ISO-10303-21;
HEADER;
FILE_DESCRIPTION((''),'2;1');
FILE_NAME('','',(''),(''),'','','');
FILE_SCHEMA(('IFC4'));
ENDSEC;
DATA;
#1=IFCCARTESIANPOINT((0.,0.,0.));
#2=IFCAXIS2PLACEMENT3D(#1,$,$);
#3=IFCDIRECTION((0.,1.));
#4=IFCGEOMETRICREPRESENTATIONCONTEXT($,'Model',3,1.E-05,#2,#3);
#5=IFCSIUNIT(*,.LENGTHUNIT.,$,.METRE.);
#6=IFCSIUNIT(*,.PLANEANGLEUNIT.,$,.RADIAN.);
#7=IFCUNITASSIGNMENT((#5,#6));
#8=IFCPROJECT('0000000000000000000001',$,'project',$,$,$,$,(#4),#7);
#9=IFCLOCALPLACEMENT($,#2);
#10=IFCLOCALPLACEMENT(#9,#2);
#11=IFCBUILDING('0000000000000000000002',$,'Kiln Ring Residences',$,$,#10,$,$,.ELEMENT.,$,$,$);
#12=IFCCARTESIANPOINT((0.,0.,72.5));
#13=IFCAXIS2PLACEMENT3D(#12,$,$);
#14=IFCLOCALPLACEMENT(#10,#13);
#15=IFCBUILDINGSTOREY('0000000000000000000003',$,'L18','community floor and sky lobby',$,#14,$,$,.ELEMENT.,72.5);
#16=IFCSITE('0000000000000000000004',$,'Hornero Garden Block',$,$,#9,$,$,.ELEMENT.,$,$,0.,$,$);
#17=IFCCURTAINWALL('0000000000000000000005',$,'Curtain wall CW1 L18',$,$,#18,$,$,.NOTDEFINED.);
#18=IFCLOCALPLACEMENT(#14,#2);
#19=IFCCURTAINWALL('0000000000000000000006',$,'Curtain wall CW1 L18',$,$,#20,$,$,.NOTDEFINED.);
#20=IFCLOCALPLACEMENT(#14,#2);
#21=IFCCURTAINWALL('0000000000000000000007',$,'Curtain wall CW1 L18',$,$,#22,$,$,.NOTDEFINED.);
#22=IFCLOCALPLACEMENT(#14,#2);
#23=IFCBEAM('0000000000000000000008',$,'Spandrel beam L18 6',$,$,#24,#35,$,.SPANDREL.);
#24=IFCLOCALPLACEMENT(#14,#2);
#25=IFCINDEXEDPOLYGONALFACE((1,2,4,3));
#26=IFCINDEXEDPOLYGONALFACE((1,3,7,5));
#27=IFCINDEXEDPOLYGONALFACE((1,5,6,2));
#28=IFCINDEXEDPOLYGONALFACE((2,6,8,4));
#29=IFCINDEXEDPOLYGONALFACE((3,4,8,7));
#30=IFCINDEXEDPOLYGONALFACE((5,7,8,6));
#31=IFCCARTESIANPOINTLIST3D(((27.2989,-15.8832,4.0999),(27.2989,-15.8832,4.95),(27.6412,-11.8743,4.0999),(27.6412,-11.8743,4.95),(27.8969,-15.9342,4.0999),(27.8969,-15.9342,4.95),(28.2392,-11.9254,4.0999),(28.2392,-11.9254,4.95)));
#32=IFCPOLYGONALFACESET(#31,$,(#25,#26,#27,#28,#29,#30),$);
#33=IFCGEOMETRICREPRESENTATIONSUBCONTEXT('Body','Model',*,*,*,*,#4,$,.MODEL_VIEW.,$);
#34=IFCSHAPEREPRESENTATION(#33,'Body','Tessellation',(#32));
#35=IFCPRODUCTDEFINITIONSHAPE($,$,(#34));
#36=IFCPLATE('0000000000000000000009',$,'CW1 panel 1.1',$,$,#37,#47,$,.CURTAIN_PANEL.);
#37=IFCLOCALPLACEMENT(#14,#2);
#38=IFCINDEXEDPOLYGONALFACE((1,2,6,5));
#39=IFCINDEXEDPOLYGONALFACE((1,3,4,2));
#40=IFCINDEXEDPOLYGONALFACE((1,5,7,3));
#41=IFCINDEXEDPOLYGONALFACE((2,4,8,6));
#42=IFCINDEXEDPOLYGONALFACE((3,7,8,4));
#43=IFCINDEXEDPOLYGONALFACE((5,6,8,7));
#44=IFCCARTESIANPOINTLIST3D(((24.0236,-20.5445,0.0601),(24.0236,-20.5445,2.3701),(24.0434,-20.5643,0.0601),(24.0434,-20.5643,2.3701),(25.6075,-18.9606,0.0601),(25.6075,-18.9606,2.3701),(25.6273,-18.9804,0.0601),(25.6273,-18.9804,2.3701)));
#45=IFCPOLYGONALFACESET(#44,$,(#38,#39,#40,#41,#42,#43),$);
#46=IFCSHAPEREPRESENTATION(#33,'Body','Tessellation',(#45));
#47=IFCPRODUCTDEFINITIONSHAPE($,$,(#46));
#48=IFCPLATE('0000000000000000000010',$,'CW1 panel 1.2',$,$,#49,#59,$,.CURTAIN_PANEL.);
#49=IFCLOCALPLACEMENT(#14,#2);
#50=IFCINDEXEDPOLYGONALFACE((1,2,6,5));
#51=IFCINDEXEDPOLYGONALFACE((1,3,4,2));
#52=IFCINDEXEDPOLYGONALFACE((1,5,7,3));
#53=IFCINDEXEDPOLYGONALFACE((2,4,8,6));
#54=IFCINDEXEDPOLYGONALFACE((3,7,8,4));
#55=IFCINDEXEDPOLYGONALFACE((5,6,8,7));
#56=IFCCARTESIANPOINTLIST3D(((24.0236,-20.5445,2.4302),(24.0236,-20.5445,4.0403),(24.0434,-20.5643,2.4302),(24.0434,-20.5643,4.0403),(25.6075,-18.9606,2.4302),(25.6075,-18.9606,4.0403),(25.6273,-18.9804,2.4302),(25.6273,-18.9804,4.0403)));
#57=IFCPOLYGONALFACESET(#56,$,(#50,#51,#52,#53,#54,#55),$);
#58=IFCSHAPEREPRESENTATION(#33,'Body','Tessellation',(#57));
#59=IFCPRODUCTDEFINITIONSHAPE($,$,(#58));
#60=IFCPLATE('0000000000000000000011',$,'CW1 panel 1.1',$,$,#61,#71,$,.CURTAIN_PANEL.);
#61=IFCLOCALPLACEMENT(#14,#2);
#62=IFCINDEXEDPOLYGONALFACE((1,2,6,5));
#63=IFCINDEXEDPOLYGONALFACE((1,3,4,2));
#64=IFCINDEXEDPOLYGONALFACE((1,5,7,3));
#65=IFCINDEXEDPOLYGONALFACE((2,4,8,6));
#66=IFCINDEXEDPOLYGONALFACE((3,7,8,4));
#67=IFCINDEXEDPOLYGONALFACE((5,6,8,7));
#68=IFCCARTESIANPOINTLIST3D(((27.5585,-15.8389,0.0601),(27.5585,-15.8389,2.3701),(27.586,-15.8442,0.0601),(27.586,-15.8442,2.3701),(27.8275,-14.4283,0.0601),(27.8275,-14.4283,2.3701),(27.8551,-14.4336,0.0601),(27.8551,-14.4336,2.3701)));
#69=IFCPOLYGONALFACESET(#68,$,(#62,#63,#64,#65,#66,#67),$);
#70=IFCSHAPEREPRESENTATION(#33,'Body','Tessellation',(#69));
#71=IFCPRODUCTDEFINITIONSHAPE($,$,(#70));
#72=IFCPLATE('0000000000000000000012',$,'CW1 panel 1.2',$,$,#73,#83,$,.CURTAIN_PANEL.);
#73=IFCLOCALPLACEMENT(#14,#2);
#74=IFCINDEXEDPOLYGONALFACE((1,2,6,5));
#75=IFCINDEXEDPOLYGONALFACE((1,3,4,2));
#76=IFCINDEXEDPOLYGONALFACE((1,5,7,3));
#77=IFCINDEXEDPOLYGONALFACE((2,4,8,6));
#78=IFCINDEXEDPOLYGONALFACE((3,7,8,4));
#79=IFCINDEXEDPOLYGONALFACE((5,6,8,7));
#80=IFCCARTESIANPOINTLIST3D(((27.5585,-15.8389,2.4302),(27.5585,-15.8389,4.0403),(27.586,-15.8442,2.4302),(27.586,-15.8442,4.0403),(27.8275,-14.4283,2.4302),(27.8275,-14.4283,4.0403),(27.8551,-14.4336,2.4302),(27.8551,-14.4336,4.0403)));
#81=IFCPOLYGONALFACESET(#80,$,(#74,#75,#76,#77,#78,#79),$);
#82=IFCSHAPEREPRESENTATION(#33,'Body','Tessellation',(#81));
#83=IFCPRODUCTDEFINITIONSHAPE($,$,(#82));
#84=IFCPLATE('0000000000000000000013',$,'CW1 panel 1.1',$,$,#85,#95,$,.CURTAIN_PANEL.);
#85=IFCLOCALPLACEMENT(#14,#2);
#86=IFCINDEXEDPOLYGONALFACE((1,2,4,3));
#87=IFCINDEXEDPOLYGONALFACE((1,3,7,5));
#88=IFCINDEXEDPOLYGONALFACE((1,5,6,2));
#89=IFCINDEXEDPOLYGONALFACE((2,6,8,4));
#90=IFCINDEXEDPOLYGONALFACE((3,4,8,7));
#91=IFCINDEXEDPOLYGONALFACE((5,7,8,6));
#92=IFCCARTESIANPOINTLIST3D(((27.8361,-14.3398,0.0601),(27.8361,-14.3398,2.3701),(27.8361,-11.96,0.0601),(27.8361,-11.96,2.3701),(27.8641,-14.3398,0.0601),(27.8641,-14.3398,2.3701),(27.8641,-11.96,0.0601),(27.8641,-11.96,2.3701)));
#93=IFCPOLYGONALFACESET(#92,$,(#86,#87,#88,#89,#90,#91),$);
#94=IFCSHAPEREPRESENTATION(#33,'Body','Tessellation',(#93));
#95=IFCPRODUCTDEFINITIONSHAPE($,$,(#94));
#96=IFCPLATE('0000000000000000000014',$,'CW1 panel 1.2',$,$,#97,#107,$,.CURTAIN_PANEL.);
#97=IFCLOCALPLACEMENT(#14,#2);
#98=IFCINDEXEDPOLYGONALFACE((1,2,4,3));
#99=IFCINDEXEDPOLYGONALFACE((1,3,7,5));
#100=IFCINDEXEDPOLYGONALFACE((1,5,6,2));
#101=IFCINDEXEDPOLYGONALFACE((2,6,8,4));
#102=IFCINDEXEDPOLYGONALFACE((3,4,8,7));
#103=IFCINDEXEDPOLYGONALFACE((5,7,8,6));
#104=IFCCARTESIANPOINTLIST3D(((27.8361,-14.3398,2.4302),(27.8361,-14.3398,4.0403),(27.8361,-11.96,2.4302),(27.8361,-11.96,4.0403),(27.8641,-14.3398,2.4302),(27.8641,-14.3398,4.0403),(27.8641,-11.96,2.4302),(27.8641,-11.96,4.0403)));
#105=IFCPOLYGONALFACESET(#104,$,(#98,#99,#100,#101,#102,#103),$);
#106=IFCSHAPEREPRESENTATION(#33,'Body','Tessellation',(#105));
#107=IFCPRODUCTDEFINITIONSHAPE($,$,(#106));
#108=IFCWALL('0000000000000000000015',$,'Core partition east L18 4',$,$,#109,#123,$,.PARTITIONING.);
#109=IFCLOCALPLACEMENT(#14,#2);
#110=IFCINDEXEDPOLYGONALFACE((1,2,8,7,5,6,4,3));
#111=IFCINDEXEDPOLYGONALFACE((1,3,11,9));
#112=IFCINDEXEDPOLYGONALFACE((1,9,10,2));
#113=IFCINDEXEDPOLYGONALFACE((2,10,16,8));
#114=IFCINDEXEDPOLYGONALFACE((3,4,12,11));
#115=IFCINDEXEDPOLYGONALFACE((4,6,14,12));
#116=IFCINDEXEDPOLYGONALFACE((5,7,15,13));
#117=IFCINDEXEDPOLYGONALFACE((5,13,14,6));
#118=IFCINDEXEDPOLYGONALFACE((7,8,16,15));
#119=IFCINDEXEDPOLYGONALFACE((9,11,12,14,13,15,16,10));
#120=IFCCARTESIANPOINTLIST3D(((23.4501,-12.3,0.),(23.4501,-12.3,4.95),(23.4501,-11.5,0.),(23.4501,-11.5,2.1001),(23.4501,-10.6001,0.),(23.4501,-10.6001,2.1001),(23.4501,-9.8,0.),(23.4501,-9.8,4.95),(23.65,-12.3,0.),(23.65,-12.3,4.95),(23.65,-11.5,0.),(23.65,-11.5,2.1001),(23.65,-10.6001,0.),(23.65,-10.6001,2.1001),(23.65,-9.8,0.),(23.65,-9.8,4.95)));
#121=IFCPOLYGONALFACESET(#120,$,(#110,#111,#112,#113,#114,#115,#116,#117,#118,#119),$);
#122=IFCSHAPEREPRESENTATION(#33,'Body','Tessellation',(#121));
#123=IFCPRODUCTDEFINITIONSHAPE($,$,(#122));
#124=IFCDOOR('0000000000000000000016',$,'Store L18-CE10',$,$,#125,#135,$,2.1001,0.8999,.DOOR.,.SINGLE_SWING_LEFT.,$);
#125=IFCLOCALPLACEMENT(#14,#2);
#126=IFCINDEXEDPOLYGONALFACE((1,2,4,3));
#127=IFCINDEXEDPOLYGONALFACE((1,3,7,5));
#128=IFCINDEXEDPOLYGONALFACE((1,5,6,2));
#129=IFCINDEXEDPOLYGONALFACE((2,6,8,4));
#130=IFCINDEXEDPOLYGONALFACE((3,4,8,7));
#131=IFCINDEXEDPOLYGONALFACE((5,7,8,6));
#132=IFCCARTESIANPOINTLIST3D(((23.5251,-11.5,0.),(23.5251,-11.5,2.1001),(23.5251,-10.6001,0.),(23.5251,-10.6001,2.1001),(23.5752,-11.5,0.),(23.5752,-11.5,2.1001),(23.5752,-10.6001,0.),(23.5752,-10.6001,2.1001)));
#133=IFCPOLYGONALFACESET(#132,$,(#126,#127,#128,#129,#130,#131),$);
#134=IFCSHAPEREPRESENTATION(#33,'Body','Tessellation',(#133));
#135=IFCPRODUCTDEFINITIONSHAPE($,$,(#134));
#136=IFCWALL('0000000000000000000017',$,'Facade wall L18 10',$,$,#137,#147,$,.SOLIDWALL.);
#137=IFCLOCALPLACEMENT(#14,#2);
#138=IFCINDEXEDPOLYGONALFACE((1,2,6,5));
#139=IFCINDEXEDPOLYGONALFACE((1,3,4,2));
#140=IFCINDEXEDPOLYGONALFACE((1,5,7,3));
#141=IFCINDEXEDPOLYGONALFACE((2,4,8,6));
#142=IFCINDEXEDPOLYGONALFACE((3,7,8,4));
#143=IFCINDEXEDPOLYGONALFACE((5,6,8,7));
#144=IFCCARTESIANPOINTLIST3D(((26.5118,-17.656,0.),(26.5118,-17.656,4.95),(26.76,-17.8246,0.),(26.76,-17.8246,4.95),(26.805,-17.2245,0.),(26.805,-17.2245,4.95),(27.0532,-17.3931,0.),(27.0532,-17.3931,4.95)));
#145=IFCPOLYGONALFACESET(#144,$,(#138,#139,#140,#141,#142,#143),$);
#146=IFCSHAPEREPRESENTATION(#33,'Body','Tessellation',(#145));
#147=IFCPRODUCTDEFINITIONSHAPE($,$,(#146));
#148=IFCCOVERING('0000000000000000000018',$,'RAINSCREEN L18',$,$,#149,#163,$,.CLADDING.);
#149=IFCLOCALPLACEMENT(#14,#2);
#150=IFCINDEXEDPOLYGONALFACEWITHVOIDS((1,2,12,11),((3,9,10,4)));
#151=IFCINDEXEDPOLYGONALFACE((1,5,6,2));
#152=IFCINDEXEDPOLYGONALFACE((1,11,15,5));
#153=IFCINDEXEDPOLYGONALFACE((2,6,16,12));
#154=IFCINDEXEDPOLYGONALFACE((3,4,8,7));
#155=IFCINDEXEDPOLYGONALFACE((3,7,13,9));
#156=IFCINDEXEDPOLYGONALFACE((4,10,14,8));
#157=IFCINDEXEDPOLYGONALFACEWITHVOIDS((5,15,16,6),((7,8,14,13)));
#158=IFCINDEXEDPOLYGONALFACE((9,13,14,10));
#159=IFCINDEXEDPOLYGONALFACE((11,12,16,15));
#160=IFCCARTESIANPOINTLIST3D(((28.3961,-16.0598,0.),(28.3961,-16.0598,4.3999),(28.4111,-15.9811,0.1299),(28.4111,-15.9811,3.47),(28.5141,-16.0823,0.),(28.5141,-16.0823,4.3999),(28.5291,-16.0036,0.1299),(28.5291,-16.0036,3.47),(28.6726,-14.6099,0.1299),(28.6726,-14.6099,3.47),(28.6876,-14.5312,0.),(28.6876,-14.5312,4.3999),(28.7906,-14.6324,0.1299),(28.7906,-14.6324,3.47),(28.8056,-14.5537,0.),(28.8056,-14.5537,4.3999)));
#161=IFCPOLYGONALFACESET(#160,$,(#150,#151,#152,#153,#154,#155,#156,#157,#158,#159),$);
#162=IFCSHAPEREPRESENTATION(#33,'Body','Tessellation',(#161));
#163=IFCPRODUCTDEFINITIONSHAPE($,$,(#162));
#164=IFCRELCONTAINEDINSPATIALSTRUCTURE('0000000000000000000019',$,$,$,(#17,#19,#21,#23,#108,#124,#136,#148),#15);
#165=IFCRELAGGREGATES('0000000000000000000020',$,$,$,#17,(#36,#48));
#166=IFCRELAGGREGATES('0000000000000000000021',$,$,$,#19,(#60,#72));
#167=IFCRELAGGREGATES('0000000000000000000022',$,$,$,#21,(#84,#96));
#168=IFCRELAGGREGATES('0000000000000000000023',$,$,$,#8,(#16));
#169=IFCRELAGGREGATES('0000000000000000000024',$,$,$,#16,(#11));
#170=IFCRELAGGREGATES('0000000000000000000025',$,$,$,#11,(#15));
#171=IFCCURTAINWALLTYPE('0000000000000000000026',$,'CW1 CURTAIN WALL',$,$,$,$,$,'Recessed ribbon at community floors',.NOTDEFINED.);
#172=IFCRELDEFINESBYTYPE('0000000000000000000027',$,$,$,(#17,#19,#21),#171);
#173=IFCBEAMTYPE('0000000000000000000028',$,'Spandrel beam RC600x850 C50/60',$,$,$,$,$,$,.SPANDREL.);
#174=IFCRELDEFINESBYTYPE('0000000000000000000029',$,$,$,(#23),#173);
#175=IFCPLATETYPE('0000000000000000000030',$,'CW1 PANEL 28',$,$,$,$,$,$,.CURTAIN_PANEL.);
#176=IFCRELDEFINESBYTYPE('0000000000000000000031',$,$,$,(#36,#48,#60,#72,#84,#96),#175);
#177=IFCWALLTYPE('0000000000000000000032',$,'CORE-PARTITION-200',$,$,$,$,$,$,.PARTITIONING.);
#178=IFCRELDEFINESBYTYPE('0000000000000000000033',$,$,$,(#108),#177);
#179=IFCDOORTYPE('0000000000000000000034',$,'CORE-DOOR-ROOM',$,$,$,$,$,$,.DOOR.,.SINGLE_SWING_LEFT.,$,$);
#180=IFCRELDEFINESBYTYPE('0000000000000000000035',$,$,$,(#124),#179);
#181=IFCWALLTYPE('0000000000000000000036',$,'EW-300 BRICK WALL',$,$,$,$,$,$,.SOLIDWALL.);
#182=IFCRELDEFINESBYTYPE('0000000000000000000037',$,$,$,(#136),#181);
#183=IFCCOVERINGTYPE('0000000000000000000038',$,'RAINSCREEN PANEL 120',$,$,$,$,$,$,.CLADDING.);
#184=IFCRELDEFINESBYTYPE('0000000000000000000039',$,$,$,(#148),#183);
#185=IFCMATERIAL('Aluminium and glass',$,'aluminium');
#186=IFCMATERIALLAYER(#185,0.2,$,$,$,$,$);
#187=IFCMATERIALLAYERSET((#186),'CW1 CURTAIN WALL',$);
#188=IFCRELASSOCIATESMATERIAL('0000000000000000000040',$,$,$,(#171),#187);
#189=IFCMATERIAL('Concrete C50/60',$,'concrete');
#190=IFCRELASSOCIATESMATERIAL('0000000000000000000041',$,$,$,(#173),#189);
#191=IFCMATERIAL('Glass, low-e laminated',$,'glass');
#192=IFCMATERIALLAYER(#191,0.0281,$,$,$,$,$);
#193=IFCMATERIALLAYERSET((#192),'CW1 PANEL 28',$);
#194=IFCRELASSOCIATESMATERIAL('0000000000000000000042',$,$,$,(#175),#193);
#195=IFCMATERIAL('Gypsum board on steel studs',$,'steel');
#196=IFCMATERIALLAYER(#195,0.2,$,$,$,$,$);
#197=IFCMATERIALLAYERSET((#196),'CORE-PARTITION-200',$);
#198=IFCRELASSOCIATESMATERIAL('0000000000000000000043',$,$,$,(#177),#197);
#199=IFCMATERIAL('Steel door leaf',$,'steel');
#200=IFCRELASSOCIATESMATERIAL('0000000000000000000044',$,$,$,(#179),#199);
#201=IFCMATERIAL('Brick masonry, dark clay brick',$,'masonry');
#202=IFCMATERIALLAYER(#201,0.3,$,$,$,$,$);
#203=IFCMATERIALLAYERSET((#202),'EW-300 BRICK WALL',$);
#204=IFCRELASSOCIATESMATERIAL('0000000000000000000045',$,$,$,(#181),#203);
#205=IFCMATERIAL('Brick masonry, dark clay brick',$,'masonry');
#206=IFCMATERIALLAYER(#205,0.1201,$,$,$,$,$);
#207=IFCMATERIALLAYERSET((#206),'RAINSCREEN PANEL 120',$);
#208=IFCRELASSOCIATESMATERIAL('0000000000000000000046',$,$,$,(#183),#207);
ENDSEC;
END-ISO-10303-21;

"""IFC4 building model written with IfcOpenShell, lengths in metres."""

from ifc_helpers import new_model, si_unit, direction, frame, frame_2d, origin, origin_2d, place, context, subcontext, project, spatial, polyline, rectangle, outline, extrude, material, layer, layer_set, material_profile, profile_set, type_object, element, fill, aggregate, save


model = new_model("IFC4")

# Units and contexts
model_context = context("Model", 3, precision=1e-05, world=origin(), true_north=direction((0.0, 1.0)))
body_context = subcontext(model_context, "Body", "Model", "MODEL_VIEW")
ifc_project = project(units=[si_unit("LENGTHUNIT", "METRE"), si_unit("PLANEANGLEUNIT", "RADIAN")], contexts=[model_context])

# Site, building, storey
site_placement = place(None, origin())
site = spatial("IfcSite", under=ifc_project, at=site_placement, Name="Hornero Garden Block", CompositionType="ELEMENT", RefElevation=0.0)
building_placement = place(site_placement, origin())
building = spatial("IfcBuilding", under=site, at=building_placement, Name="Kiln Ring Residences", CompositionType="ELEMENT")
storey_placement = place(building_placement, frame((0.0, 0.0, 72.5)))
storey = spatial("IfcBuildingStorey", under=building, at=storey_placement, Name="L18", Description="community floor and sky lobby", CompositionType="ELEMENT", Elevation=72.5)

# Curtain wall
ifc_material_1 = material(Name="Aluminium and glass", Category="aluminium")
ifc_layer_1 = layer(ifc_material_1, 0.2)
ifc_layer_set_1 = layer_set([ifc_layer_1], Name="CW1 CURTAIN WALL")
curtain_wall_type = type_object("IfcCurtainWallType", Name="CW1 CURTAIN WALL", ElementType="Recessed ribbon at community floors", PredefinedType="NOTDEFINED", material=ifc_layer_set_1)
placement = place(storey_placement, origin())
curtain_wall_1 = element("IfcCurtainWall", 1, at=placement, inside=storey, type_object=curtain_wall_type, Name="Curtain wall CW1 L18", PredefinedType="NOTDEFINED")

# Curtain wall
curtain_wall_2 = element("IfcCurtainWall", 2, at=placement, inside=storey, type_object=curtain_wall_type, Name="Curtain wall CW1 L18", PredefinedType="NOTDEFINED")

# Curtain wall
curtain_wall_3 = element("IfcCurtainWall", 3, at=placement, inside=storey, type_object=curtain_wall_type, Name="Curtain wall CW1 L18", PredefinedType="NOTDEFINED")

# Beam
ifc_material_2 = material(Name="Concrete C50/60", Category="concrete")
ifc_material_profile_1 = material_profile(ifc_material_2, rectangle(XDim=0.6001, YDim=0.8501, at=origin_2d()), Name="RC600x850")
ifc_profile_set_1 = profile_set([ifc_material_profile_1], Name="Concrete C50/60")
beam_type = type_object("IfcBeamType", Name="Spandrel beam RC600x850 C50/60", PredefinedType="SPANDREL", material=ifc_profile_set_1)
beam_placement = place(storey_placement, frame((27.5979, -15.9087, 4.5249), z_axis=(0.085074, 0.996375, 0.0), x_axis=(-0.996375, 0.085074, 0.0)))
element("IfcBeam", 4, at=beam_placement, inside=storey, type_object=beam_type, Name="Spandrel beam L18 6", PredefinedType="SPANDREL", context=body_context, shape_type="SweptSolid", body=[
    extrude(rectangle(XDim=0.6001, YDim=0.8501, at=origin_2d()), origin(), (0.0, 0.0, 1.0), 4.0234),
])

# Plates
ifc_material_3 = material(Name="Glass, low-e laminated", Category="glass")
ifc_layer_2 = layer(ifc_material_3, 0.0281)
ifc_layer_set_2 = layer_set([ifc_layer_2], Name="CW1 PANEL 28")
plate_type = type_object("IfcPlateType", Name="CW1 PANEL 28", PredefinedType="CURTAIN_PANEL", material=ifc_layer_set_2)
plate_1_placement = place(storey_placement, frame((24.8254, -19.7625, 0.0601), z_axis=(0.0, 0.0, 1.0), x_axis=(0.707107, 0.707107, 0.0)))
plate_1 = element("IfcPlate", 5, at=plate_1_placement, type_object=plate_type, Name="CW1 panel 1.1", PredefinedType="CURTAIN_PANEL", context=body_context, shape_type="SweptSolid", body=[
    extrude(rectangle(XDim=2.24, YDim=0.0281, at=origin_2d()), origin(), (0.0, 0.0, 1.0), 2.3101),
])
plate_2_placement = place(storey_placement, frame((24.8254, -19.7625, 2.4302), z_axis=(0.0, 0.0, 1.0), x_axis=(0.707107, 0.707107, 0.0)))
plate_2 = element("IfcPlate", 6, at=plate_2_placement, type_object=plate_type, Name="CW1 panel 1.2", PredefinedType="CURTAIN_PANEL", context=body_context, shape_type="SweptSolid", body=[
    extrude(rectangle(XDim=2.24, YDim=0.0281, at=origin_2d()), origin(), (0.0, 0.0, 1.0), 1.6101),
])
aggregate(curtain_wall_1, [plate_1, plate_2])
plate_3_placement = place(storey_placement, frame((27.7068, -15.1362, 0.0601), z_axis=(0.0, 0.0, 1.0), x_axis=(0.187366, 0.98229, 0.0)))
plate_3 = element("IfcPlate", 7, at=plate_3_placement, type_object=plate_type, Name="CW1 panel 1.1", PredefinedType="CURTAIN_PANEL", context=body_context, shape_type="SweptSolid", body=[
    extrude(rectangle(XDim=1.436, YDim=0.0281, at=origin_2d()), origin(), (0.0, 0.0, 1.0), 2.3101),
])
plate_4_placement = place(storey_placement, frame((27.7068, -15.1362, 2.4302), z_axis=(0.0, 0.0, 1.0), x_axis=(0.187366, 0.98229, 0.0)))
plate_4 = element("IfcPlate", 8, at=plate_4_placement, type_object=plate_type, Name="CW1 panel 1.2", PredefinedType="CURTAIN_PANEL", context=body_context, shape_type="SweptSolid", body=[
    extrude(rectangle(XDim=1.436, YDim=0.0281, at=origin_2d()), origin(), (0.0, 0.0, 1.0), 1.6101),
])
aggregate(curtain_wall_2, [plate_3, plate_4])
plate_5_placement = place(storey_placement, frame((27.8501, -13.1499, 0.0601), z_axis=(0.0, 0.0, 1.0), x_axis=(0.0, 1.0, 0.0)))
plate_5 = element("IfcPlate", 9, at=plate_5_placement, type_object=plate_type, Name="CW1 panel 1.1", PredefinedType="CURTAIN_PANEL", context=body_context, shape_type="SweptSolid", body=[
    extrude(rectangle(XDim=2.3799, YDim=0.0281, at=origin_2d()), origin(), (0.0, 0.0, 1.0), 2.3101),
])
plate_6_placement = place(storey_placement, frame((27.8501, -13.1499, 2.4302), z_axis=(0.0, 0.0, 1.0), x_axis=(0.0, 1.0, 0.0)))
plate_6 = element("IfcPlate", 10, at=plate_6_placement, type_object=plate_type, Name="CW1 panel 1.2", PredefinedType="CURTAIN_PANEL", context=body_context, shape_type="SweptSolid", body=[
    extrude(rectangle(XDim=2.3799, YDim=0.0281, at=origin_2d()), origin(), (0.0, 0.0, 1.0), 1.6101),
])
aggregate(curtain_wall_3, [plate_5, plate_6])

# Wall, opening, door
ifc_material_4 = material(Name="Gypsum board on steel studs", Category="steel")
ifc_layer_3 = layer(ifc_material_4, 0.2)
ifc_layer_set_3 = layer_set([ifc_layer_3], Name="CORE-PARTITION-200")
wall_type_1 = type_object("IfcWallType", Name="CORE-PARTITION-200", PredefinedType="PARTITIONING", material=ifc_layer_set_3)
wall_1_placement = place(storey_placement, frame((23.55, -12.3, 0.0), z_axis=(0.0, 0.0, 1.0), x_axis=(0.0, 1.0, 0.0)))
wall_1 = element("IfcWall", 11, at=wall_1_placement, inside=storey, type_object=wall_type_1, Name="Core partition east L18 4", PredefinedType="PARTITIONING", context=body_context, shape_type="SweptSolid", body=[
    extrude(rectangle(XDim=2.5, YDim=0.2, at=frame_2d((1.25, 0.0))), origin(), (0.0, 0.0, 1.0), 4.95),
])
opening_placement = place(wall_1_placement, frame((0.8, 0.0, 0.0)))
opening = element("IfcOpeningElement", 12, at=opening_placement, cuts=wall_1, PredefinedType="OPENING", context=body_context, shape_type="SweptSolid", body=[
    extrude(rectangle(XDim=0.8999, YDim=2.1001, at=frame_2d((0.45, 1.05))), frame((0.0, 0.1099, 0.0), z_axis=(0.0, -1.0, 0.0), x_axis=(1.0, 0.0, 0.0)), (0.0, 0.0, 1.0), 0.22),
])
ifc_material_5 = material(Name="Steel door leaf", Category="steel")
door_type = type_object("IfcDoorType", Name="CORE-DOOR-ROOM", OperationType="SINGLE_SWING_LEFT", PredefinedType="DOOR", material=ifc_material_5)
door_placement = place(opening_placement, origin())
door = element("IfcDoor", 13, at=door_placement, inside=storey, type_object=door_type, Name="Store L18-CE10", OperationType="SINGLE_SWING_LEFT", OverallHeight=2.1001, OverallWidth=0.8999, PredefinedType="DOOR", context=body_context, shape_type="SweptSolid", body=[
    extrude(rectangle(XDim=0.8999, YDim=2.1001, at=frame_2d((0.45, 1.05))), frame((0.0, 0.0249, 0.0), z_axis=(0.0, -1.0, 0.0), x_axis=(1.0, 0.0, 0.0)), (0.0, 0.0, 1.0), 0.05),
])
fill(opening, door)

# Wall
ifc_material_6 = material(Name="Brick masonry, dark clay brick", Category="masonry")
ifc_layer_4 = layer(ifc_material_6, 0.3)
ifc_layer_set_4 = layer_set([ifc_layer_4], Name="EW-300 BRICK WALL")
wall_type_2 = type_object("IfcWallType", Name="EW-300 BRICK WALL", PredefinedType="SOLIDWALL", material=ifc_layer_set_4)
wall_2_placement = place(storey_placement, frame((26.636, -17.7402, 0.0), z_axis=(0.0, 0.0, 1.0), x_axis=(0.561913, 0.827196, 0.0)))
element("IfcWall", 14, at=wall_2_placement, inside=storey, type_object=wall_type_2, Name="Facade wall L18 10", PredefinedType="SOLIDWALL", context=body_context, shape_type="SweptSolid", body=[
    extrude(rectangle(XDim=0.5217, YDim=0.3, at=frame_2d((0.2607, 0.0))), origin(), (0.0, 0.0, 1.0), 4.95),
])

# Covering
ifc_material_7 = material(Name="Brick masonry, dark clay brick", Category="masonry")
ifc_layer_5 = layer(ifc_material_7, 0.1201)
ifc_layer_set_5 = layer_set([ifc_layer_5], Name="RAINSCREEN PANEL 120")
covering_type = type_object("IfcCoveringType", Name="RAINSCREEN PANEL 120", PredefinedType="CLADDING", material=ifc_layer_set_5)
covering_1_placement = place(storey_placement, frame((28.4551, -16.071, 0.0), z_axis=(0.0, 0.0, 1.0), x_axis=(0.187328, 0.982297, 0.0)))
element("IfcCovering", 15, at=covering_1_placement, inside=storey, type_object=covering_type, Name="RAINSCREEN L18", PredefinedType="CLADDING", context=body_context, shape_type="SweptSolid", body=[
    extrude(outline(polyline([(0.0, 0.0), (1.5562, 0.0), (1.5562, 4.3999), (0.0, 4.3999), (0.0, 0.0)]), holes=[polyline([(0.0801, 3.47), (0.0801, 0.1299), (1.4761, 0.1299), (1.4761, 3.47), (0.0801, 3.47)])]), frame((0.0, 0.0601, 0.0), z_axis=(0.0, -1.0, 0.0), x_axis=(1.0, 0.0, 0.0)), (0.0, 0.0, 1.0), 0.1201),
])

save(model, "model.ifc")
